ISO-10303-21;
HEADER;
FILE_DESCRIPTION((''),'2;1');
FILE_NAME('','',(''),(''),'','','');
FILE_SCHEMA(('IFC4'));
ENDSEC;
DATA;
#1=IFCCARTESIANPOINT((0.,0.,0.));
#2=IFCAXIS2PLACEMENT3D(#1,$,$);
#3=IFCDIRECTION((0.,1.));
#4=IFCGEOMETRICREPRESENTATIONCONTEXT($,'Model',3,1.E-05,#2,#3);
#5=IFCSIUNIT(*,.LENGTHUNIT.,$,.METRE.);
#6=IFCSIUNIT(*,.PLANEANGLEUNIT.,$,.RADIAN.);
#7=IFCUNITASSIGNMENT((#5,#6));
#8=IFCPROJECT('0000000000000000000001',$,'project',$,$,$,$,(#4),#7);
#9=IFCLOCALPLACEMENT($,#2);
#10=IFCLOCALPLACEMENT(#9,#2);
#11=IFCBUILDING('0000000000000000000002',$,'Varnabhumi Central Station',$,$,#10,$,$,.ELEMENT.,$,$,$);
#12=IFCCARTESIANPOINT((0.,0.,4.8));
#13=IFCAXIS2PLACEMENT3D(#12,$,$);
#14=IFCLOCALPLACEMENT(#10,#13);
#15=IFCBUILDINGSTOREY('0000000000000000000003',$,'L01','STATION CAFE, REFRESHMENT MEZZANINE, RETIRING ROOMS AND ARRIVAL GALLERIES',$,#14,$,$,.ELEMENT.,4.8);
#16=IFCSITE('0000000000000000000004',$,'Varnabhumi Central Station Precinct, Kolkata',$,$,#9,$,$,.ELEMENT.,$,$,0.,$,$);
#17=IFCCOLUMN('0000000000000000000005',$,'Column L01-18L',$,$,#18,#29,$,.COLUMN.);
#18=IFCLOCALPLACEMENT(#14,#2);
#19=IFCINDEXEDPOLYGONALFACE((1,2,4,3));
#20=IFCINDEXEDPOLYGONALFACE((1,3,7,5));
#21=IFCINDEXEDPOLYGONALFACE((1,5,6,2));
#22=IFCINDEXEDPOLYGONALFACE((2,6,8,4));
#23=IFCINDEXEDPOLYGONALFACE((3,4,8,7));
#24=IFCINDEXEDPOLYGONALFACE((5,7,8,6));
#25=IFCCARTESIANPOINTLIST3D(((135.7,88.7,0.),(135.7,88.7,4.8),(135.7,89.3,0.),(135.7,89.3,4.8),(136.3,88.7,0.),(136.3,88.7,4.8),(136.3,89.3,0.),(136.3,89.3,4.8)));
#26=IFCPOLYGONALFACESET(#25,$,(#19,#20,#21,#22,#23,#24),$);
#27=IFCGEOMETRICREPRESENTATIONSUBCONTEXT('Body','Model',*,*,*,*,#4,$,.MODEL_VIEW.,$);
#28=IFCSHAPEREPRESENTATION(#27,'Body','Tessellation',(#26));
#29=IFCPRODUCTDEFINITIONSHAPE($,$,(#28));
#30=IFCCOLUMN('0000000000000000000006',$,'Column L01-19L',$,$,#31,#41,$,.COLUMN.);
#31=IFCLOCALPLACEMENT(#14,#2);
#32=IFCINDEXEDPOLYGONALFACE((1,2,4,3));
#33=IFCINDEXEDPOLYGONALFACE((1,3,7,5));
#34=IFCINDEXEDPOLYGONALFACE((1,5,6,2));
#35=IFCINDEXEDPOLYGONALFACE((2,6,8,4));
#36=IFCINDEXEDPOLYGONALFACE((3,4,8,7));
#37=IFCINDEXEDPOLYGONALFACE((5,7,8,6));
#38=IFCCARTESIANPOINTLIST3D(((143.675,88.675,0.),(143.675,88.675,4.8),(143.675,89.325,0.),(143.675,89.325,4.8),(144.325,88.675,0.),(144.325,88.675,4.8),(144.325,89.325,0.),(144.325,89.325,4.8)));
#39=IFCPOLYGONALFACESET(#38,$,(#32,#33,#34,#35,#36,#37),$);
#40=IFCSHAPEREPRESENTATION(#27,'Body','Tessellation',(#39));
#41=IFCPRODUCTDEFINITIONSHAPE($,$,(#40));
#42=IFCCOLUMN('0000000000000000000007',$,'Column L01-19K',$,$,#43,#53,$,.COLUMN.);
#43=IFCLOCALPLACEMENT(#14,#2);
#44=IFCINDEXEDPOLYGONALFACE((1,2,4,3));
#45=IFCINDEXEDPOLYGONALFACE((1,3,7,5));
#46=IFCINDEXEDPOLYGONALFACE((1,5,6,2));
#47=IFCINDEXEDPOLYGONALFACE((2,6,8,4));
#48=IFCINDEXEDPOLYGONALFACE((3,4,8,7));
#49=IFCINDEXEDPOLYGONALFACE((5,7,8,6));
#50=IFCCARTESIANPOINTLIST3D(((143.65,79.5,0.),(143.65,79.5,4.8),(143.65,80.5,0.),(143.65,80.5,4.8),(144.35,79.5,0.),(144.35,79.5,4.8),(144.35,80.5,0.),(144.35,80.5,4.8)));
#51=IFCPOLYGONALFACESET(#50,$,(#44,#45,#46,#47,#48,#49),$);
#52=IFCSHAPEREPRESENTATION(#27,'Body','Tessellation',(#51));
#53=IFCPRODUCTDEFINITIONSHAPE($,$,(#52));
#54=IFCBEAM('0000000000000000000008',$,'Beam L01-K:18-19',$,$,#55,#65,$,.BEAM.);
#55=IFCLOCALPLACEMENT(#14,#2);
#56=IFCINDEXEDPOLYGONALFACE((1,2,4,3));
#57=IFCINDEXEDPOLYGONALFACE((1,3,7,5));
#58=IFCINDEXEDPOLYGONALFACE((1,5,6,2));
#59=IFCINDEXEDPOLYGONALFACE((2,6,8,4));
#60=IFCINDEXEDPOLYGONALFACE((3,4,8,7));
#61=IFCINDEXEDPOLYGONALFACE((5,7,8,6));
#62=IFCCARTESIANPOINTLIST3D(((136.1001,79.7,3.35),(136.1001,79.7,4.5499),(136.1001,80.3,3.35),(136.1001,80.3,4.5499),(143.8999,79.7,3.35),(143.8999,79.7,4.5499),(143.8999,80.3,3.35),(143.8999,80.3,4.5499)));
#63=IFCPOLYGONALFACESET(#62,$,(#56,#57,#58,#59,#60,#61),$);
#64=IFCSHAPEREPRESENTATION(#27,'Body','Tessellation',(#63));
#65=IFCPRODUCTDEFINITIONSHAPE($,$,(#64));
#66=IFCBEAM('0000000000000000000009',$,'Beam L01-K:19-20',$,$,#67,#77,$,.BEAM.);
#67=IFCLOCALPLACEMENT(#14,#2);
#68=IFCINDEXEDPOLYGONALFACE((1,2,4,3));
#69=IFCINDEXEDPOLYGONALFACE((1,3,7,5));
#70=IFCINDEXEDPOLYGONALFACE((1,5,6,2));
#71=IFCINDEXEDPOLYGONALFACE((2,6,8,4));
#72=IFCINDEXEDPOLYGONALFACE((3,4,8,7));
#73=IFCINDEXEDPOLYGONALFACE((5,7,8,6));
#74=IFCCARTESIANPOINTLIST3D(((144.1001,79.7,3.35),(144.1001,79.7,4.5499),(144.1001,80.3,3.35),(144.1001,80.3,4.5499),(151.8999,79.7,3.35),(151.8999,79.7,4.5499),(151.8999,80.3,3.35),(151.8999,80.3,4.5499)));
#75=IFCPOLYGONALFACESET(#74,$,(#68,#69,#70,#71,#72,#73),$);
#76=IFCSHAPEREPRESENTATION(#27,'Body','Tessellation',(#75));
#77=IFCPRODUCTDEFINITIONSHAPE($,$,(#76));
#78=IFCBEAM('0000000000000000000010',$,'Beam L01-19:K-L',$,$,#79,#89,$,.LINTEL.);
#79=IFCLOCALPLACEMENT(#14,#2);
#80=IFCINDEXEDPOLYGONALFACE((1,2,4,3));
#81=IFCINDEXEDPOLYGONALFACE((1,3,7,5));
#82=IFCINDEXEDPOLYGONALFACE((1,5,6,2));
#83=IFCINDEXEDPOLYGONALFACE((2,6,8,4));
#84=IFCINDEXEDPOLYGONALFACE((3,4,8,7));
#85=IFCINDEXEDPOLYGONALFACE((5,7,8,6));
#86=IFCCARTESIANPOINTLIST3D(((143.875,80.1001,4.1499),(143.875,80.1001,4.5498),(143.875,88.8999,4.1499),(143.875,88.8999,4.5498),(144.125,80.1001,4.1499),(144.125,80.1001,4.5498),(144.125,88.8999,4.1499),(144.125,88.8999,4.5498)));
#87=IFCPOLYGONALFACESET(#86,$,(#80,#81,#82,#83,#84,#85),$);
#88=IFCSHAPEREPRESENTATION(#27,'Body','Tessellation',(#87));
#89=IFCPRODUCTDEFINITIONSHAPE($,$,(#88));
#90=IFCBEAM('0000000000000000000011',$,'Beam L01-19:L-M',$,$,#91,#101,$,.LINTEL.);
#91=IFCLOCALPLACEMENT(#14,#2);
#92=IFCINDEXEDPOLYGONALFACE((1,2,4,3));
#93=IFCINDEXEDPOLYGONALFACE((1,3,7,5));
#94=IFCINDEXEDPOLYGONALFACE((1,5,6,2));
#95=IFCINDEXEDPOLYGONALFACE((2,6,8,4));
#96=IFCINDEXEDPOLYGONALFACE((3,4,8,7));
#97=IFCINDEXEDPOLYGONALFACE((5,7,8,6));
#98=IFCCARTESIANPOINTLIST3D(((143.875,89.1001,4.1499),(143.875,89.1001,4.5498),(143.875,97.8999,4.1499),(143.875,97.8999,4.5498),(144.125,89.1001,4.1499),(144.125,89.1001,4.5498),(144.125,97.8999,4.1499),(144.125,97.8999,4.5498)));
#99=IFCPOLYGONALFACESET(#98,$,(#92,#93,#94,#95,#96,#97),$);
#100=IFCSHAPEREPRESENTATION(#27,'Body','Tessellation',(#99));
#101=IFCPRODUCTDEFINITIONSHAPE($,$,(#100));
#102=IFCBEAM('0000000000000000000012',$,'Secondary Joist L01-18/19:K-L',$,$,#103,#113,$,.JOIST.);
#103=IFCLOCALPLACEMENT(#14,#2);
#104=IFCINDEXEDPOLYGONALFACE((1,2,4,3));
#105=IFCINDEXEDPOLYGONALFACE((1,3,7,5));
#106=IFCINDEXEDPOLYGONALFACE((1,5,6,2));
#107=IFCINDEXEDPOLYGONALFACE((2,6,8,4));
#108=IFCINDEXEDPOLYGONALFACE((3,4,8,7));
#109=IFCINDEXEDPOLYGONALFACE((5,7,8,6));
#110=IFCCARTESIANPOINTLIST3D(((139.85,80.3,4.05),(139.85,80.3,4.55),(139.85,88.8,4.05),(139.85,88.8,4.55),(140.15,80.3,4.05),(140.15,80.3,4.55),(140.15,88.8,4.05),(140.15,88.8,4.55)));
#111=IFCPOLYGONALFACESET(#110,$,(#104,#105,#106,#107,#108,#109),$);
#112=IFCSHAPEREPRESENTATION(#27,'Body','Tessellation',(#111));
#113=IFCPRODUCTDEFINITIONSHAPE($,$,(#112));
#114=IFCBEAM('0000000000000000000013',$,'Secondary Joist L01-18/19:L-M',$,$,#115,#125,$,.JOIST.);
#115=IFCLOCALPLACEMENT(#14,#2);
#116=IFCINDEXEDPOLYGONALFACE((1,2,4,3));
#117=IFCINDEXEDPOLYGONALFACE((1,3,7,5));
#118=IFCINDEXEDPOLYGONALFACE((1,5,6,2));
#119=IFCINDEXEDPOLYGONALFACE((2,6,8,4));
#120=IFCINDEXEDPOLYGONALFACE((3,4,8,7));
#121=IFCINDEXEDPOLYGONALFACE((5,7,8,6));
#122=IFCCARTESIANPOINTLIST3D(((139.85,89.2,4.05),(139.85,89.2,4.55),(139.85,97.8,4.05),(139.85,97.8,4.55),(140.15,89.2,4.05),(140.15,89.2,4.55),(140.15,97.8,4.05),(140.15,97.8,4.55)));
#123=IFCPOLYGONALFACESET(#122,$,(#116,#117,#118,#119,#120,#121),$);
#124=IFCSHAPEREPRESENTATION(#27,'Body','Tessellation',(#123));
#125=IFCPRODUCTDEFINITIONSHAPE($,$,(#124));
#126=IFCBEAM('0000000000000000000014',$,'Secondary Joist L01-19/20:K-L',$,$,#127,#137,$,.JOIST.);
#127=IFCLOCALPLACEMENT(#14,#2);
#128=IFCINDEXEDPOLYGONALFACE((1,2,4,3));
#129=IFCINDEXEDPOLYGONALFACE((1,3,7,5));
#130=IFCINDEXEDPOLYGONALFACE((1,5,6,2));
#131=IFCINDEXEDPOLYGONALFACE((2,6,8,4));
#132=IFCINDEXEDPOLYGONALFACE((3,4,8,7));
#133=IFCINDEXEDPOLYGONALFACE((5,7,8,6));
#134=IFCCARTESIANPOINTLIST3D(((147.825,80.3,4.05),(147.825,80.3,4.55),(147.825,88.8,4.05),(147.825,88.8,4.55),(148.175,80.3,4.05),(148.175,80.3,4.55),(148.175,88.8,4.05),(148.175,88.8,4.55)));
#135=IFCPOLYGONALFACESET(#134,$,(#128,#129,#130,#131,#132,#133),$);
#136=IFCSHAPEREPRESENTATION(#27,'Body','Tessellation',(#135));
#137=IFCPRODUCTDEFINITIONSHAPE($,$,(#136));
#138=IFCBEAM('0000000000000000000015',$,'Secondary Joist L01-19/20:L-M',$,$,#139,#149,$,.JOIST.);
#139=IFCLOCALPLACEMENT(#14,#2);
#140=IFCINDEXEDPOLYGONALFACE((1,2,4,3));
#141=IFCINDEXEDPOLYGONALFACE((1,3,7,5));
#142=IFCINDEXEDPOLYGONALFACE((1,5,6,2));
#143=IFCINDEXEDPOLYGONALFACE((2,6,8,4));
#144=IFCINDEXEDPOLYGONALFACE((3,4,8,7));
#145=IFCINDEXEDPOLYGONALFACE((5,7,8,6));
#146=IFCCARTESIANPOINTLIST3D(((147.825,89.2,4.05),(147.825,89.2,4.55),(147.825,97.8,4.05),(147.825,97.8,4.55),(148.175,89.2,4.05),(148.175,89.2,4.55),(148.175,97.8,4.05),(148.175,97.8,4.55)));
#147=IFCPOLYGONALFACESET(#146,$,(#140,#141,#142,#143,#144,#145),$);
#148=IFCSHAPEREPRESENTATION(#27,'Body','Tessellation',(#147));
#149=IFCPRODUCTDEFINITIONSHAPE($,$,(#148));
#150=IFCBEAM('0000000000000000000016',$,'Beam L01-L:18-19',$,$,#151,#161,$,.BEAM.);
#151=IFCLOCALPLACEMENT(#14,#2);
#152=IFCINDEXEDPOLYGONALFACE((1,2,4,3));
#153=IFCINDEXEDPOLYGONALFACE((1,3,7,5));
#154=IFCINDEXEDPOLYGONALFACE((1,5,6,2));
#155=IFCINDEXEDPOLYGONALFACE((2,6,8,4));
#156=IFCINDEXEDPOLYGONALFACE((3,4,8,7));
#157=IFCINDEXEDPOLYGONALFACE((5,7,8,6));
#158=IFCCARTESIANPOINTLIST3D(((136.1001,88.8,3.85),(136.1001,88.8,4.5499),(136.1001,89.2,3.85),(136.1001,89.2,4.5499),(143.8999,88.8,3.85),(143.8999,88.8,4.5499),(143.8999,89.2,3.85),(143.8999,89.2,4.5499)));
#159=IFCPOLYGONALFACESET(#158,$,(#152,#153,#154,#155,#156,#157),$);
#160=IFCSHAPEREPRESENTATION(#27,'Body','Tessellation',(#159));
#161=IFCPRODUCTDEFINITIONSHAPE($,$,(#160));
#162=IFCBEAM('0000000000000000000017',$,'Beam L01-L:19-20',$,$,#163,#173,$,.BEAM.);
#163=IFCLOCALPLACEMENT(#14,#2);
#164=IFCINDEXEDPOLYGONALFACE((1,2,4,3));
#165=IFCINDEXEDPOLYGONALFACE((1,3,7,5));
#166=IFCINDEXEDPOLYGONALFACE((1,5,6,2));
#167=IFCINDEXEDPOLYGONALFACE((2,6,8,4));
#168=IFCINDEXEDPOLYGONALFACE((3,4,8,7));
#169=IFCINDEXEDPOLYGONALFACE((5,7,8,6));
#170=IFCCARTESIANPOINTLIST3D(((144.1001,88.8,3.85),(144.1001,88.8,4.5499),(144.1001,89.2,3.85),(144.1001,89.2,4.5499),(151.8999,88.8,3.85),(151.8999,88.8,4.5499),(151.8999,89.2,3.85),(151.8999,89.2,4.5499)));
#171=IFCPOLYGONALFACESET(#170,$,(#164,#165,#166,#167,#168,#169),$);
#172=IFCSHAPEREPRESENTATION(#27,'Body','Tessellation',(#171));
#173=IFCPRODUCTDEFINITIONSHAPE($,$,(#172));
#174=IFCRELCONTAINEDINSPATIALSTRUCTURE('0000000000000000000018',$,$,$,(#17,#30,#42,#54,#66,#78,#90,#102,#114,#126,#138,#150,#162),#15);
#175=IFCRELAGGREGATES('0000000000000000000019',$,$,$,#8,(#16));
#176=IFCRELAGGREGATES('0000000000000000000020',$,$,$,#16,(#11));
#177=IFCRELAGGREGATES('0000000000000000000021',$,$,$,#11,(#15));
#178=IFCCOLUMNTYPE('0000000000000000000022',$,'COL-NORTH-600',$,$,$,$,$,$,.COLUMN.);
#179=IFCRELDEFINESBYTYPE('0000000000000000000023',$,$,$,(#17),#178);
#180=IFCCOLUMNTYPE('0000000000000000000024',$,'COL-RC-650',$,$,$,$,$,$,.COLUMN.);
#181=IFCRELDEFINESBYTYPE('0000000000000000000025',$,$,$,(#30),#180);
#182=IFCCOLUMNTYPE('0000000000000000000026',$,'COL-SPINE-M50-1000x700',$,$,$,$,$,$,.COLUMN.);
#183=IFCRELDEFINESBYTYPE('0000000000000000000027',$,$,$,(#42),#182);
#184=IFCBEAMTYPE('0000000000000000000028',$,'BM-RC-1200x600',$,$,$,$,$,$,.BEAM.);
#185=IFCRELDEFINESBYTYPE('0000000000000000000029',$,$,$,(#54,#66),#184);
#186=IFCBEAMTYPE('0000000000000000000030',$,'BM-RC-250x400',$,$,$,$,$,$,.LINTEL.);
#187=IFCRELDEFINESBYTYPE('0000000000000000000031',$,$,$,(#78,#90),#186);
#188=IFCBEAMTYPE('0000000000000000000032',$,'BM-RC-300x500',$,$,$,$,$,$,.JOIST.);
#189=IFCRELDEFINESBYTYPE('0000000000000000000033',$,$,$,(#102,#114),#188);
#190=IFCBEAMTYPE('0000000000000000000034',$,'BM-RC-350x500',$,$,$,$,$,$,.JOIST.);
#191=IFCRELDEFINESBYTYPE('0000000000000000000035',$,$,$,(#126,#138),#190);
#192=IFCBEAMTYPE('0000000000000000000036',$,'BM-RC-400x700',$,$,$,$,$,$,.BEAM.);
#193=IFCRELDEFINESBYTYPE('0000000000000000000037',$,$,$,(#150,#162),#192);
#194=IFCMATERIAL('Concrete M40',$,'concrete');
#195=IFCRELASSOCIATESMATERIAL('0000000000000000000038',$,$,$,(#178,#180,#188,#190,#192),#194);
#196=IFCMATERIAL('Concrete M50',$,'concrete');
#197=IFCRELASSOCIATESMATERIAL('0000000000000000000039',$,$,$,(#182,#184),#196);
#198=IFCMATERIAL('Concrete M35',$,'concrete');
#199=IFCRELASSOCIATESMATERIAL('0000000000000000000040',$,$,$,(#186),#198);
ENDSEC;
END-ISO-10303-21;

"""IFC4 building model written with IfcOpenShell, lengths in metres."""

from ifc_helpers import new_model, si_unit, direction, frame, origin, origin_2d, place, context, subcontext, project, spatial, rectangle, extrude, material, material_profile, profile_set, type_object, element, save


model = new_model("IFC4")

# Units and contexts
model_context = context("Model", 3, precision=1e-05, world=origin(), true_north=direction((0.0, 1.0)))
body_context = subcontext(model_context, "Body", "Model", "MODEL_VIEW")
ifc_project = project(units=[si_unit("LENGTHUNIT", "METRE"), si_unit("PLANEANGLEUNIT", "RADIAN")], contexts=[model_context])

# Site, building, storey
site_placement = place(None, origin())
site = spatial("IfcSite", under=ifc_project, at=site_placement, Name="Varnabhumi Central Station Precinct, Kolkata", CompositionType="ELEMENT", RefElevation=0.0)
building_placement = place(site_placement, origin())
building = spatial("IfcBuilding", under=site, at=building_placement, Name="Varnabhumi Central Station", CompositionType="ELEMENT")
storey_placement = place(building_placement, frame((0.0, 0.0, 4.8)))
storey = spatial("IfcBuildingStorey", under=building, at=storey_placement, Name="L01", Description="STATION CAFE, REFRESHMENT MEZZANINE, RETIRING ROOMS AND ARRIVAL GALLERIES", CompositionType="ELEMENT", Elevation=4.8)

# Columns
ifc_material_1 = material(Name="Concrete M40", Category="concrete")
ifc_material_profile_1 = material_profile(ifc_material_1, rectangle(XDim=0.6001, YDim=0.6001, at=origin_2d()), Name="Concrete M40", Category="concrete")
ifc_profile_set_1 = profile_set([ifc_material_profile_1], Name="Concrete M40")
column_type_1 = type_object("IfcColumnType", Name="COL-NORTH-600", PredefinedType="COLUMN", material=ifc_profile_set_1)
column_1_placement = place(storey_placement, frame((136.0, 89.0, 0.0), z_axis=(0.0, 0.0, 1.0), x_axis=(1.0, 0.0, 0.0)))
element("IfcColumn", 1, at=column_1_placement, inside=storey, type_object=column_type_1, Name="Column L01-18L", PredefinedType="COLUMN", context=body_context, shape_type="SweptSolid", body=[
    extrude(rectangle(XDim=0.6001, YDim=0.6001, at=origin_2d()), origin(), (0.0, 0.0, 1.0), 4.8),
])
ifc_material_profile_2 = material_profile(ifc_material_1, rectangle(XDim=0.6499, YDim=0.6499, at=origin_2d()), Name="Concrete M40", Category="concrete")
ifc_profile_set_2 = profile_set([ifc_material_profile_2], Name="Concrete M40")
column_type_2 = type_object("IfcColumnType", Name="COL-RC-650", PredefinedType="COLUMN", material=ifc_profile_set_2)
column_2_placement = place(storey_placement, frame((144.0, 89.0, 0.0), z_axis=(0.0, 0.0, 1.0), x_axis=(1.0, 0.0, 0.0)))
element("IfcColumn", 2, at=column_2_placement, inside=storey, type_object=column_type_2, Name="Column L01-19L", PredefinedType="COLUMN", context=body_context, shape_type="SweptSolid", body=[
    extrude(rectangle(XDim=0.6499, YDim=0.6499, at=origin_2d()), origin(), (0.0, 0.0, 1.0), 4.8),
])
ifc_material_2 = material(Name="Concrete M50", Category="concrete")
ifc_material_profile_3 = material_profile(ifc_material_2, rectangle(XDim=0.7, YDim=1.0, at=origin_2d()), Name="Concrete M50", Category="concrete")
ifc_profile_set_3 = profile_set([ifc_material_profile_3], Name="Concrete M50")
column_type_3 = type_object("IfcColumnType", Name="COL-SPINE-M50-1000x700", PredefinedType="COLUMN", material=ifc_profile_set_3)
column_3_placement = place(storey_placement, frame((144.0, 80.0, 0.0), z_axis=(0.0, 0.0, 1.0), x_axis=(1.0, 0.0, 0.0)))
element("IfcColumn", 3, at=column_3_placement, inside=storey, type_object=column_type_3, Name="Column L01-19K", PredefinedType="COLUMN", context=body_context, shape_type="SweptSolid", body=[
    extrude(rectangle(XDim=0.7, YDim=1.0, at=origin_2d()), origin(), (0.0, 0.0, 1.0), 4.8),
])

# Beams
ifc_material_profile_4 = material_profile(ifc_material_2, rectangle(XDim=0.6001, YDim=1.2, at=origin_2d()), Name="Concrete M50", Category="concrete")
ifc_profile_set_4 = profile_set([ifc_material_profile_4], Name="Concrete M50")
beam_type_1 = type_object("IfcBeamType", Name="BM-RC-1200x600", PredefinedType="BEAM", material=ifc_profile_set_4)
for number, where, z_axis, x_axis, name in (
    (4, (136.1001, 80.0, 3.95), (1.0, 0.0, 0.0), (0.0, 1.0, 0.0), "Beam L01-K:18-19"),
    (5, (144.1001, 80.0, 3.95), (1.0, 0.0, 0.0), (0.0, 1.0, 0.0), "Beam L01-K:19-20"),
):
    element("IfcBeam", number, at=place(storey_placement, frame(where, z_axis=z_axis, x_axis=x_axis)), inside=storey, type_object=beam_type_1, Name=name, PredefinedType="BEAM", context=body_context, shape_type="SweptSolid", body=[
        extrude(rectangle(XDim=0.6001, YDim=1.2, at=origin_2d()), origin(), (0.0, 0.0, 1.0), 7.7998),
    ])
ifc_material_3 = material(Name="Concrete M35", Category="concrete")
ifc_material_profile_5 = material_profile(ifc_material_3, rectangle(XDim=0.25, YDim=0.3999, at=origin_2d()), Name="Concrete M35", Category="concrete")
ifc_profile_set_5 = profile_set([ifc_material_profile_5], Name="Concrete M35")
beam_type_2 = type_object("IfcBeamType", Name="BM-RC-250x400", PredefinedType="LINTEL", material=ifc_profile_set_5)
for number, where, z_axis, x_axis, name in (
    (6, (144.0, 80.1001, 4.3499), (0.0, 1.0, 0.0), (-1.0, 0.0, 0.0), "Beam L01-19:K-L"),
    (7, (144.0, 89.1001, 4.3499), (0.0, 1.0, 0.0), (-1.0, 0.0, 0.0), "Beam L01-19:L-M"),
):
    element("IfcBeam", number, at=place(storey_placement, frame(where, z_axis=z_axis, x_axis=x_axis)), inside=storey, type_object=beam_type_2, Name=name, PredefinedType="LINTEL", context=body_context, shape_type="SweptSolid", body=[
        extrude(rectangle(XDim=0.25, YDim=0.3999, at=origin_2d()), origin(), (0.0, 0.0, 1.0), 8.7998),
    ])
ifc_material_profile_6 = material_profile(ifc_material_1, rectangle(XDim=0.3, YDim=0.5, at=origin_2d()), Name="Concrete M40", Category="concrete")
ifc_profile_set_6 = profile_set([ifc_material_profile_6], Name="Concrete M40")
beam_type_3 = type_object("IfcBeamType", Name="BM-RC-300x500", PredefinedType="JOIST", material=ifc_profile_set_6)
beam_1_placement = place(storey_placement, frame((140.0, 80.3, 4.3), z_axis=(0.0, 1.0, 0.0), x_axis=(-1.0, 0.0, 0.0)))
element("IfcBeam", 8, at=beam_1_placement, inside=storey, type_object=beam_type_3, Name="Secondary Joist L01-18/19:K-L", PredefinedType="JOIST", context=body_context, shape_type="SweptSolid", body=[
    extrude(rectangle(XDim=0.3, YDim=0.5, at=origin_2d()), origin(), (0.0, 0.0, 1.0), 8.5),
])
beam_2_placement = place(storey_placement, frame((140.0, 89.2, 4.3), z_axis=(0.0, 1.0, 0.0), x_axis=(-1.0, 0.0, 0.0)))
element("IfcBeam", 9, at=beam_2_placement, inside=storey, type_object=beam_type_3, Name="Secondary Joist L01-18/19:L-M", PredefinedType="JOIST", context=body_context, shape_type="SweptSolid", body=[
    extrude(rectangle(XDim=0.3, YDim=0.5, at=origin_2d()), origin(), (0.0, 0.0, 1.0), 8.6001),
])
ifc_material_profile_7 = material_profile(ifc_material_1, rectangle(XDim=0.3501, YDim=0.5, at=origin_2d()), Name="Concrete M40", Category="concrete")
ifc_profile_set_7 = profile_set([ifc_material_profile_7], Name="Concrete M40")
beam_type_4 = type_object("IfcBeamType", Name="BM-RC-350x500", PredefinedType="JOIST", material=ifc_profile_set_7)
beam_3_placement = place(storey_placement, frame((148.0, 80.3, 4.3), z_axis=(0.0, 1.0, 0.0), x_axis=(-1.0, 0.0, 0.0)))
element("IfcBeam", 10, at=beam_3_placement, inside=storey, type_object=beam_type_4, Name="Secondary Joist L01-19/20:K-L", PredefinedType="JOIST", context=body_context, shape_type="SweptSolid", body=[
    extrude(rectangle(XDim=0.3501, YDim=0.5, at=origin_2d()), origin(), (0.0, 0.0, 1.0), 8.5),
])
beam_4_placement = place(storey_placement, frame((148.0, 89.2, 4.3), z_axis=(0.0, 1.0, 0.0), x_axis=(-1.0, 0.0, 0.0)))
element("IfcBeam", 11, at=beam_4_placement, inside=storey, type_object=beam_type_4, Name="Secondary Joist L01-19/20:L-M", PredefinedType="JOIST", context=body_context, shape_type="SweptSolid", body=[
    extrude(rectangle(XDim=0.3501, YDim=0.5, at=origin_2d()), origin(), (0.0, 0.0, 1.0), 8.6001),
])
ifc_material_profile_8 = material_profile(ifc_material_1, rectangle(XDim=0.3999, YDim=0.7, at=origin_2d()), Name="Concrete M40", Category="concrete")
ifc_profile_set_8 = profile_set([ifc_material_profile_8], Name="Concrete M40")
beam_type_5 = type_object("IfcBeamType", Name="BM-RC-400x700", PredefinedType="BEAM", material=ifc_profile_set_8)
for number, where, z_axis, x_axis, name in (
    (12, (136.1001, 89.0, 4.2), (1.0, 0.0, 0.0), (0.0, 1.0, 0.0), "Beam L01-L:18-19"),
    (13, (144.1001, 89.0, 4.2), (1.0, 0.0, 0.0), (0.0, 1.0, 0.0), "Beam L01-L:19-20"),
):
    element("IfcBeam", number, at=place(storey_placement, frame(where, z_axis=z_axis, x_axis=x_axis)), inside=storey, type_object=beam_type_5, Name=name, PredefinedType="BEAM", context=body_context, shape_type="SweptSolid", body=[
        extrude(rectangle(XDim=0.3999, YDim=0.7, at=origin_2d()), origin(), (0.0, 0.0, 1.0), 7.7998),
    ])

save(model, "model.ifc")
